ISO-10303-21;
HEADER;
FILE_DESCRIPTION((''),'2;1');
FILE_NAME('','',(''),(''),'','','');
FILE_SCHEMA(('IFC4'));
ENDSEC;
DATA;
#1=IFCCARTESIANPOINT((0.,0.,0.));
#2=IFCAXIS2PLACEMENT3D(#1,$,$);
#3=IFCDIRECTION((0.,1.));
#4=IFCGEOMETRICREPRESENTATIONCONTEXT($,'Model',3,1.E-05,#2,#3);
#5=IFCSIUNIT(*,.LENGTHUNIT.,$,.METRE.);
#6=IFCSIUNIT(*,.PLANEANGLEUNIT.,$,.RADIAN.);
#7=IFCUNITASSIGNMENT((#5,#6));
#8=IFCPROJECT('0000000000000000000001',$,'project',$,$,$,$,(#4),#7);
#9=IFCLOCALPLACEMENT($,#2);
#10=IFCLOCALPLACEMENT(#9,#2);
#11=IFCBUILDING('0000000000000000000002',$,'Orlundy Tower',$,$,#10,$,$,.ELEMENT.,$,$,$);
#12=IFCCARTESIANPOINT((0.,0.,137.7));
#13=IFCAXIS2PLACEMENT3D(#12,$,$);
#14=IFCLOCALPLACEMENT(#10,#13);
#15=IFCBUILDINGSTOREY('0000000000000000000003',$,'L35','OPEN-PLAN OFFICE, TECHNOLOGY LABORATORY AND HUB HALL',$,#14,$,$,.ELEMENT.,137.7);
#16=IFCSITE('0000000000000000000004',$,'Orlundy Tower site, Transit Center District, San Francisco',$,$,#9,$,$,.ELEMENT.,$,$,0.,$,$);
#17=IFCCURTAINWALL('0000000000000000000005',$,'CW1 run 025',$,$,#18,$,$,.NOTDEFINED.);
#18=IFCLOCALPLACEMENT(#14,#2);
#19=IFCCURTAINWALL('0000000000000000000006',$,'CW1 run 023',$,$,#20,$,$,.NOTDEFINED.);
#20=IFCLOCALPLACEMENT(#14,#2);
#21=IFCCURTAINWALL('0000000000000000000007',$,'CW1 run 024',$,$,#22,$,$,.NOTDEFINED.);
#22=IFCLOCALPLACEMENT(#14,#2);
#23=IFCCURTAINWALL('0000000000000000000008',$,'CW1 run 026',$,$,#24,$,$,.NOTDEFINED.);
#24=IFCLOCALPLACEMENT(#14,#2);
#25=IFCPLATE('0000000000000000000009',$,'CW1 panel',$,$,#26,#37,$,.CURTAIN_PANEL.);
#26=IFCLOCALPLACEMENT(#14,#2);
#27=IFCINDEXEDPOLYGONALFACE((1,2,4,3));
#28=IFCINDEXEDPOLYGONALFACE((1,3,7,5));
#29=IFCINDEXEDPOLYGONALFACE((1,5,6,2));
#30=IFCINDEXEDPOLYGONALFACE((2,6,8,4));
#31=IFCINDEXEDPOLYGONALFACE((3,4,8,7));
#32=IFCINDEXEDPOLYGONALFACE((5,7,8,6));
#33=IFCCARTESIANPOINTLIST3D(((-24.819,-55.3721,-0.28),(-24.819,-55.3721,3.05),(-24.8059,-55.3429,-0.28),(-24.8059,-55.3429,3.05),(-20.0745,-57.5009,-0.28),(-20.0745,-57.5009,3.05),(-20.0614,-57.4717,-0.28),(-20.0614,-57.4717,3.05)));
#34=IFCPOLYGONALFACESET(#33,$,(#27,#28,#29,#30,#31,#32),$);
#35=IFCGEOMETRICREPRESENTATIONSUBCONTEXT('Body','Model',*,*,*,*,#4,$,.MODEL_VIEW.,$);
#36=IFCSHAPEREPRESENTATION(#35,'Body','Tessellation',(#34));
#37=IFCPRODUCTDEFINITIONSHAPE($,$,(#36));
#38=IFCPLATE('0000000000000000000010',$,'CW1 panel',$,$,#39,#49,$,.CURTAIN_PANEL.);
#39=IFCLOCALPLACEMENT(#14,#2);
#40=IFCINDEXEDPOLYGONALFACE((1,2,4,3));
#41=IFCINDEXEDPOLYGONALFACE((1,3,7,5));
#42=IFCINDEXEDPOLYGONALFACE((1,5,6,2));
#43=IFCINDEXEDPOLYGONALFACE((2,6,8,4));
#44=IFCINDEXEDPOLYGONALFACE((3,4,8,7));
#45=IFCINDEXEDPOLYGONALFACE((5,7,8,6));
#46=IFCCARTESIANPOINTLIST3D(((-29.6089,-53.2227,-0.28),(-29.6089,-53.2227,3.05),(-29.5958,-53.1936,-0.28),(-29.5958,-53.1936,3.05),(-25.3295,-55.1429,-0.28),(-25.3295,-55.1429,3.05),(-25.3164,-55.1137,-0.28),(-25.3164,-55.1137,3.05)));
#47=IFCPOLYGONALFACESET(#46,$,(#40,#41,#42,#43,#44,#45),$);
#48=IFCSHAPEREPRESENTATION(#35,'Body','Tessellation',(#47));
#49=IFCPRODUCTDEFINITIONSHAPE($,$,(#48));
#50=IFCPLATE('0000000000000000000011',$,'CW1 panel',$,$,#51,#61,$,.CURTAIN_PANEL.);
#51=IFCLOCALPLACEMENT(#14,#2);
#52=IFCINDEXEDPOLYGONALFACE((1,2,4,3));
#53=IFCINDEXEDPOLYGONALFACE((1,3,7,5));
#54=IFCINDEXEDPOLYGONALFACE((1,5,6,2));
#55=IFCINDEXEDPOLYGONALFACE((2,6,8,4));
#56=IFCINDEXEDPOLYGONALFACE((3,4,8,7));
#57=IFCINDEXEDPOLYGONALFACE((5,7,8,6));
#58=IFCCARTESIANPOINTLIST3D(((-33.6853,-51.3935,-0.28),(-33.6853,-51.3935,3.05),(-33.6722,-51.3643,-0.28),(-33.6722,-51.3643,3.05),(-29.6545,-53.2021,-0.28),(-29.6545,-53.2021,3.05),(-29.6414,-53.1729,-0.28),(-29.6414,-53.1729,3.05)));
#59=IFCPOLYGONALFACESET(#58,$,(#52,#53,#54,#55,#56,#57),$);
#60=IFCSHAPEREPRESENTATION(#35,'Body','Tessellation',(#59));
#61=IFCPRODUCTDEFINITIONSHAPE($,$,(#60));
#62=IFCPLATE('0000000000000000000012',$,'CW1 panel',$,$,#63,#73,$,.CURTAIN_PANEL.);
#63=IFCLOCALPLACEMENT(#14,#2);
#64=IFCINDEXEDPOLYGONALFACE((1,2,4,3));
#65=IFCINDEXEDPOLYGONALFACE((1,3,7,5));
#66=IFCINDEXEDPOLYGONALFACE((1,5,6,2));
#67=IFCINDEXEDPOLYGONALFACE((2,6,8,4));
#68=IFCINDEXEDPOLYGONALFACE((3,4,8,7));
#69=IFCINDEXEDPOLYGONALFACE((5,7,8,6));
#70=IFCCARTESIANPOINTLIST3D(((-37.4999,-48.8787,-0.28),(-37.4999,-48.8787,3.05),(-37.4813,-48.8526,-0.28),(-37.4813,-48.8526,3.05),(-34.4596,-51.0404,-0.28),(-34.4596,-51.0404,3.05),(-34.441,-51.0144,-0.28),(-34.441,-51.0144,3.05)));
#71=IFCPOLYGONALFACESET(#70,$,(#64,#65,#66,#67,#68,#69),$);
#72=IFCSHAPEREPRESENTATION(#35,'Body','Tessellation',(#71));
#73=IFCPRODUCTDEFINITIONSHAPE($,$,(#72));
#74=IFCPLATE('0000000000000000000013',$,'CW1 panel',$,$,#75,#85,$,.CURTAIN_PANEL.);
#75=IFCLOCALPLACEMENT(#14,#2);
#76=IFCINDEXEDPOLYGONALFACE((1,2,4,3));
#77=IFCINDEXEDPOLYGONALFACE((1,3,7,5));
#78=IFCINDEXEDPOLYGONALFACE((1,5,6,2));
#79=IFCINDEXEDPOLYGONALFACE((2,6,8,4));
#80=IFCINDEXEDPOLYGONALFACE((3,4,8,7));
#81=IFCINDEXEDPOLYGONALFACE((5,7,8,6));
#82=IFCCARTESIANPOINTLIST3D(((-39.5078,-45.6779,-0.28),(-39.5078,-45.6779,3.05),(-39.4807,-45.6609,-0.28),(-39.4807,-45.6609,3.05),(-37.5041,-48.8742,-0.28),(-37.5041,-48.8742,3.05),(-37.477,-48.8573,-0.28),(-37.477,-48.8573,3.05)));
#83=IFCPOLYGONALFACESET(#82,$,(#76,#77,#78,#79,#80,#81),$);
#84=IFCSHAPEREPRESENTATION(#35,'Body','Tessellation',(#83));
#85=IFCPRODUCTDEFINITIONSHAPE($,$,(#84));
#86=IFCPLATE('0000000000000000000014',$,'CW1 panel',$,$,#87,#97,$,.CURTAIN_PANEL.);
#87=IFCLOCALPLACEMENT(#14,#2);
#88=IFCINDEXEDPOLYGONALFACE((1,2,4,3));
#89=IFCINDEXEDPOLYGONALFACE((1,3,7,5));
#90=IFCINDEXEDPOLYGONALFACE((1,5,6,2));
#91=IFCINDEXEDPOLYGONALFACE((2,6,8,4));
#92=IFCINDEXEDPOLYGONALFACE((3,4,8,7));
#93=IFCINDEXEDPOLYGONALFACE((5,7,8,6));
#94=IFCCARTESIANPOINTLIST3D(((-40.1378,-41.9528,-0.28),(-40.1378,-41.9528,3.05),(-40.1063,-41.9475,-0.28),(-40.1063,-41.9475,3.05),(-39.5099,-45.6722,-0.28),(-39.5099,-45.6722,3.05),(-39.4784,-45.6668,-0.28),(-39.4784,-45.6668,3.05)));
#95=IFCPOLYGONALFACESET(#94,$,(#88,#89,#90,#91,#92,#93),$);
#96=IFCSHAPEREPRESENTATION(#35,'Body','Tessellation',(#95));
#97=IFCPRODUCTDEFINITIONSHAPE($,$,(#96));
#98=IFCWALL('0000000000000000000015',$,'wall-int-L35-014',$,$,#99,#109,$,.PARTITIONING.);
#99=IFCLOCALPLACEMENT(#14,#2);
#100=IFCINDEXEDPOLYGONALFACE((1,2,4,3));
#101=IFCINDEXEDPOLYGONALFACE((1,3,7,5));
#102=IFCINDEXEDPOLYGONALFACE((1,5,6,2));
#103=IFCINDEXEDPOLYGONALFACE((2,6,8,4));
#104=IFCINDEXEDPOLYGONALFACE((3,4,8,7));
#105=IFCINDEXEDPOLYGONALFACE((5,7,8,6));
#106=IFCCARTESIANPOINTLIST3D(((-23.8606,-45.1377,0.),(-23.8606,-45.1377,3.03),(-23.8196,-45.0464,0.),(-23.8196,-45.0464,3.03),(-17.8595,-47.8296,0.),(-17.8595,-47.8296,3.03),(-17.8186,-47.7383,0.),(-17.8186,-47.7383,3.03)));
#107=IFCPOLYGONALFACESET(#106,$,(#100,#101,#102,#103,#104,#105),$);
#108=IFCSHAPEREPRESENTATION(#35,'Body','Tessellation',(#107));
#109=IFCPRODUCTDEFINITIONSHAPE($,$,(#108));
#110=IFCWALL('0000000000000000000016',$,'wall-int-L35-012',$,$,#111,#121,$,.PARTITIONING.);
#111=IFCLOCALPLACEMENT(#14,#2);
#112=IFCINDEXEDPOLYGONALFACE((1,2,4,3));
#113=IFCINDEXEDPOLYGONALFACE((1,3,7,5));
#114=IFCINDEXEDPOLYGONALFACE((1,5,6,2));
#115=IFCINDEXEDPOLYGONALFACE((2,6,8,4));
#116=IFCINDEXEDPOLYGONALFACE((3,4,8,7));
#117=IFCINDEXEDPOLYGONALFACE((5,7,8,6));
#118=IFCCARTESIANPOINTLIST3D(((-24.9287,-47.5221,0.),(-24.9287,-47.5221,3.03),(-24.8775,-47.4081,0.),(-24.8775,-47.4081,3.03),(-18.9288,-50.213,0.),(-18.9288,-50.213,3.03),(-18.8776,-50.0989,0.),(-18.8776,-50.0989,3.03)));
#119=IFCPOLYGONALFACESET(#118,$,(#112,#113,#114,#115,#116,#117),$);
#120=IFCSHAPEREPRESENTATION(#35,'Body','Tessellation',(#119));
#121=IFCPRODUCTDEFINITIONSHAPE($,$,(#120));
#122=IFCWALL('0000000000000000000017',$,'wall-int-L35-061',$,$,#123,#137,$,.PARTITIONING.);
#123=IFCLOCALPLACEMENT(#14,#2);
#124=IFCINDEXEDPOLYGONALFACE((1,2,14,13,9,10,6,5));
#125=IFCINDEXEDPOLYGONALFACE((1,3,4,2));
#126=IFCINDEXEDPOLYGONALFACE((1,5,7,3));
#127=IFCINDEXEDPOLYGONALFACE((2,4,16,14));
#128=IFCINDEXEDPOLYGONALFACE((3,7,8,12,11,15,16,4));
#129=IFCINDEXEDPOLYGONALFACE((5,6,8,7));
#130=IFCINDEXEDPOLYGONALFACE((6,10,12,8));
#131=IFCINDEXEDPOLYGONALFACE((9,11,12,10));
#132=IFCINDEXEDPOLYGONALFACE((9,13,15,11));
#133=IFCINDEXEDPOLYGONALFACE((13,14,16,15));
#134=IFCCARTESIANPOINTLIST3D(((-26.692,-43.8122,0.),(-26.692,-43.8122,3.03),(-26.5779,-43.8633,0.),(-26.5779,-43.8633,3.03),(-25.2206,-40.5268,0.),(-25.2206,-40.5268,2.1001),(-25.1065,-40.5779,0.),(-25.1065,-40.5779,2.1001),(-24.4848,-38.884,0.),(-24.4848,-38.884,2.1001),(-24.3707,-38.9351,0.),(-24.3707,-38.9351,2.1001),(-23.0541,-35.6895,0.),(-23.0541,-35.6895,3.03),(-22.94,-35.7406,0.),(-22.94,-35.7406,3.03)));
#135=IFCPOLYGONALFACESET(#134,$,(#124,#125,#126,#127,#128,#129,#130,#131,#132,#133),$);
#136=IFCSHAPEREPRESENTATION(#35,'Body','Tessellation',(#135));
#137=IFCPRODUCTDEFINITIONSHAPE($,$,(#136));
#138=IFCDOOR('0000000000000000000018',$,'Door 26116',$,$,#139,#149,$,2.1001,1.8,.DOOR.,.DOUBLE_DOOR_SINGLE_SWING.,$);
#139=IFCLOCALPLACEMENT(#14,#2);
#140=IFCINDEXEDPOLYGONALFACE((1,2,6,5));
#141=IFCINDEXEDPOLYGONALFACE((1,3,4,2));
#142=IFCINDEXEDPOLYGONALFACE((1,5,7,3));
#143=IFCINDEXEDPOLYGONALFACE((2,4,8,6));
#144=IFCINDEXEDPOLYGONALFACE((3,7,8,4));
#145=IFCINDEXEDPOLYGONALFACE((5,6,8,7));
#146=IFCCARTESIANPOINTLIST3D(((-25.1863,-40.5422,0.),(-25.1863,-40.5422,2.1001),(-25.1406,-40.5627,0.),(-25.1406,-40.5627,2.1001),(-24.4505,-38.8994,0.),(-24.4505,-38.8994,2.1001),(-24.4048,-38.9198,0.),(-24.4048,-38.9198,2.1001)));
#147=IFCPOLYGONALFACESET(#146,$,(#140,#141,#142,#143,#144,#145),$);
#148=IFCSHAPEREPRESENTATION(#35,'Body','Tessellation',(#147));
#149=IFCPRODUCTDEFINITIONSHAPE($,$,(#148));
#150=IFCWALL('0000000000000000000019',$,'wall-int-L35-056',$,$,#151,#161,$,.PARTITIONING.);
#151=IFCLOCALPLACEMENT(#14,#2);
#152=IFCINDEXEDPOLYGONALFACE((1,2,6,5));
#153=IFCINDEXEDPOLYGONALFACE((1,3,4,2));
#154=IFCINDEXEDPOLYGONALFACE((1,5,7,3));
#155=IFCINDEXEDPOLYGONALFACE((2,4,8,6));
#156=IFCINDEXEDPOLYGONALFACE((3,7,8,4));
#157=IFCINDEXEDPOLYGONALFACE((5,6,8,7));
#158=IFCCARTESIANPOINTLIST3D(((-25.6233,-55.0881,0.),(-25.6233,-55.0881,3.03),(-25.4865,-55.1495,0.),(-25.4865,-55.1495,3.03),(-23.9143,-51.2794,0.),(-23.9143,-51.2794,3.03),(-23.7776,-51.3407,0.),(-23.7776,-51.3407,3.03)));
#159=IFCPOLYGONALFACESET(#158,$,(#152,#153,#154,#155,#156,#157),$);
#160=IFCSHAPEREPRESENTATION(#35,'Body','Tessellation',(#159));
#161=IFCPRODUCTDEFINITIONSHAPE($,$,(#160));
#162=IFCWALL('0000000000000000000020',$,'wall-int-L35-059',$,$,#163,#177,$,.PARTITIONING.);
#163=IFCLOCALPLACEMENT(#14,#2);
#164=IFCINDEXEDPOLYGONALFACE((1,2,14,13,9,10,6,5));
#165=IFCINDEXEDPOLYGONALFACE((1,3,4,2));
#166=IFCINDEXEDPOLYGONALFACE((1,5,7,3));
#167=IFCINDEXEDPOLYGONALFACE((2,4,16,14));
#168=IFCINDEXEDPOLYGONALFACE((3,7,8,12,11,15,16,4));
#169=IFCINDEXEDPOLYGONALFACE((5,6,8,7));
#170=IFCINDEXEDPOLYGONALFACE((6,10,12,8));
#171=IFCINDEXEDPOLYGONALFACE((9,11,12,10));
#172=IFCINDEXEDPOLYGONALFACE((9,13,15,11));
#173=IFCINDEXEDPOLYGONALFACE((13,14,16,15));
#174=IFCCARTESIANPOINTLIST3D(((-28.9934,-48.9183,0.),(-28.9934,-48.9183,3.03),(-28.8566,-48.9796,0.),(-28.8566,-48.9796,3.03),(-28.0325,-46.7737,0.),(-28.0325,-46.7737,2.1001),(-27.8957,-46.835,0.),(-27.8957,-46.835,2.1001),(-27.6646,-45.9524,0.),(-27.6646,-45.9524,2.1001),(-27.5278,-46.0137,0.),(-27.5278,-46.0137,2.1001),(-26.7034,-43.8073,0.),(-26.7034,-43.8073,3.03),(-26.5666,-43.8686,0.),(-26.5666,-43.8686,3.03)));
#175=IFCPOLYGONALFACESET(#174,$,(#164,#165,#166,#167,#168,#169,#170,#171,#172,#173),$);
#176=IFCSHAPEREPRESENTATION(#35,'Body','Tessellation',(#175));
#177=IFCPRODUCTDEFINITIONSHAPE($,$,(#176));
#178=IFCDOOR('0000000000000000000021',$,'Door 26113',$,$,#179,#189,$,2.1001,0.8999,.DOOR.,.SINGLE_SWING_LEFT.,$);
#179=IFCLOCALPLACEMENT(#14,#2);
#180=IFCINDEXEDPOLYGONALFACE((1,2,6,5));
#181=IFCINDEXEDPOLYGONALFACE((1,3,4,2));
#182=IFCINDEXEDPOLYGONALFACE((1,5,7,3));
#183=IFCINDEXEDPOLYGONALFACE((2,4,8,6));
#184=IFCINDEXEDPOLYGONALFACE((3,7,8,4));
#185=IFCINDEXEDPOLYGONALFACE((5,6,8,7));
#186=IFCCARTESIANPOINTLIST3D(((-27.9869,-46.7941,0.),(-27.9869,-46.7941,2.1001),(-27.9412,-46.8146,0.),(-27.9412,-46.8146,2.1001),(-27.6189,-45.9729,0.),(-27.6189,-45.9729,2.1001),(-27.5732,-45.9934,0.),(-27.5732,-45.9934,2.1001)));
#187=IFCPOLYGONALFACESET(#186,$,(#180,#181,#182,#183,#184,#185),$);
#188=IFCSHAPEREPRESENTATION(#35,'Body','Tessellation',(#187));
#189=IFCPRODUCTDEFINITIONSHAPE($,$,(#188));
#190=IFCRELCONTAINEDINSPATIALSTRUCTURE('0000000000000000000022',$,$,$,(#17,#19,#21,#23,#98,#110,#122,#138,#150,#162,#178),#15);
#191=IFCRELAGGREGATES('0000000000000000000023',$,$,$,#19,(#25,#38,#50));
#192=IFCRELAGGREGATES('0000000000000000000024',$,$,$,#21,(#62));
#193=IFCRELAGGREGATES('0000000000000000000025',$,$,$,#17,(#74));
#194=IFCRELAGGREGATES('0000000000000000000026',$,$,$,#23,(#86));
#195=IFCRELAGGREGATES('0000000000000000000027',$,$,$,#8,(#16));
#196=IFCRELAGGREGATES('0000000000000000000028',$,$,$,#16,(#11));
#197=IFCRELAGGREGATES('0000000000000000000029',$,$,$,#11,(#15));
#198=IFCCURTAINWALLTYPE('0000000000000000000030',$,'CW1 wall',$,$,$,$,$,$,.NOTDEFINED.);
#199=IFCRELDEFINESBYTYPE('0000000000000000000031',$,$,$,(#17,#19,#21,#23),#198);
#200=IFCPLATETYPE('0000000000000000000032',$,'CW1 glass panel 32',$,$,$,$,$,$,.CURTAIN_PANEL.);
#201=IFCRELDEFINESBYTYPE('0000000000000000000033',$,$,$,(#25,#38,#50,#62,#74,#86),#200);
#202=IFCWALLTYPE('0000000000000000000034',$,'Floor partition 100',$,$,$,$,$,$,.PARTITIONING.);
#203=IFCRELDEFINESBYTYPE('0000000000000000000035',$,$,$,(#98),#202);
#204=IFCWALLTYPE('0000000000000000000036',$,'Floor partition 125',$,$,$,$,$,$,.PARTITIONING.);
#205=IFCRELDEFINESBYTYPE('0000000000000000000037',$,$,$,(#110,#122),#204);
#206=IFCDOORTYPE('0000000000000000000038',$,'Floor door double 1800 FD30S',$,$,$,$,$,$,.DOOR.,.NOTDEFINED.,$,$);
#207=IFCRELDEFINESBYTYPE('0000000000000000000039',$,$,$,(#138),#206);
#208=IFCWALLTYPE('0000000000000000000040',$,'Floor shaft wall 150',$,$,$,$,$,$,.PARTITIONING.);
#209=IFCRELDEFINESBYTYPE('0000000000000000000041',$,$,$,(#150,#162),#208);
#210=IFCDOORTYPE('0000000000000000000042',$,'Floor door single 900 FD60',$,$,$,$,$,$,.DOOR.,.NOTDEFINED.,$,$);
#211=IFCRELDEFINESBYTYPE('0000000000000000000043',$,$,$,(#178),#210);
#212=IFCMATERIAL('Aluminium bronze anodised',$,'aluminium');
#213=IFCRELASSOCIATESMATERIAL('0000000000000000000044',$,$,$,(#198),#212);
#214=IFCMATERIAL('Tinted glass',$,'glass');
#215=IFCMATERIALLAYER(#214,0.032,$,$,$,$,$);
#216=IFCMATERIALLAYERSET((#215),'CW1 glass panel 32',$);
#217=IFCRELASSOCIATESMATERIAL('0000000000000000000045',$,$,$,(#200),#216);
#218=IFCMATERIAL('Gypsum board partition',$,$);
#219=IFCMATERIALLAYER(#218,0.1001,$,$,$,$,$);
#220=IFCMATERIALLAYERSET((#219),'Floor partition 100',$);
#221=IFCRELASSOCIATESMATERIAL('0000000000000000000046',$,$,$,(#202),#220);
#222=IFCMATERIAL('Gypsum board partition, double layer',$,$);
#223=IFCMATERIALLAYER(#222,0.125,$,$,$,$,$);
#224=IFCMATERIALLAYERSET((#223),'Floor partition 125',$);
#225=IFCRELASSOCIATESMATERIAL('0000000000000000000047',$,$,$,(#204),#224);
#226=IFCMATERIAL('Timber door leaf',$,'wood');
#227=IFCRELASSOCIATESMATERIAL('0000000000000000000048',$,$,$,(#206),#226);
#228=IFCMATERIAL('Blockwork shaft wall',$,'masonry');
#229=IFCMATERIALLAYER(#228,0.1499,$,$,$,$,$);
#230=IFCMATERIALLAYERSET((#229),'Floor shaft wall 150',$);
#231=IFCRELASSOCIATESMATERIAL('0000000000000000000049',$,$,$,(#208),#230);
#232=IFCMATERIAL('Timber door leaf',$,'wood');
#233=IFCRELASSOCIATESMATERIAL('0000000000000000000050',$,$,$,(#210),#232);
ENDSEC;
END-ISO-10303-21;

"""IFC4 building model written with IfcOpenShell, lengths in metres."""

from ifc_helpers import new_model, si_unit, direction, frame, frame_2d, origin, origin_2d, place, context, subcontext, project, spatial, rectangle, extrude, material, layer, layer_set, type_object, element, fill, aggregate, save


model = new_model("IFC4")

# Units and contexts
model_context = context("Model", 3, precision=1e-05, world=origin(), true_north=direction((0.0, 1.0)))
body_context = subcontext(model_context, "Body", "Model", "MODEL_VIEW")
ifc_project = project(units=[si_unit("LENGTHUNIT", "METRE"), si_unit("PLANEANGLEUNIT", "RADIAN")], contexts=[model_context])

# Site, building, storey
site_placement = place(None, origin())
site = spatial("IfcSite", under=ifc_project, at=site_placement, Name="Orlundy Tower site, Transit Center District, San Francisco", CompositionType="ELEMENT", RefElevation=0.0)
building_placement = place(site_placement, origin())
building = spatial("IfcBuilding", under=site, at=building_placement, Name="Orlundy Tower", CompositionType="ELEMENT")
storey_placement = place(building_placement, frame((0.0, 0.0, 137.7)))
storey = spatial("IfcBuildingStorey", under=building, at=storey_placement, Name="L35", Description="OPEN-PLAN OFFICE, TECHNOLOGY LABORATORY AND HUB HALL", CompositionType="ELEMENT", Elevation=137.7)

# Curtain wall
ifc_material_1 = material(Name="Aluminium bronze anodised", Category="aluminium")
curtain_wall_type = type_object("IfcCurtainWallType", Name="CW1 wall", PredefinedType="NOTDEFINED", material=ifc_material_1)
curtain_wall_1_placement = place(storey_placement, origin())
curtain_wall_1 = element("IfcCurtainWall", 1, at=curtain_wall_1_placement, inside=storey, type_object=curtain_wall_type, Name="CW1 run 025", PredefinedType="NOTDEFINED")

# Curtain wall
curtain_wall_2_placement = place(storey_placement, origin())
curtain_wall_2 = element("IfcCurtainWall", 2, at=curtain_wall_2_placement, inside=storey, type_object=curtain_wall_type, Name="CW1 run 023", PredefinedType="NOTDEFINED")

# Curtain wall
curtain_wall_3_placement = place(storey_placement, origin())
curtain_wall_3 = element("IfcCurtainWall", 3, at=curtain_wall_3_placement, inside=storey, type_object=curtain_wall_type, Name="CW1 run 024", PredefinedType="NOTDEFINED")

# Curtain wall
curtain_wall_4_placement = place(storey_placement, origin())
curtain_wall_4 = element("IfcCurtainWall", 4, at=curtain_wall_4_placement, inside=storey, type_object=curtain_wall_type, Name="CW1 run 026", PredefinedType="NOTDEFINED")

# Plates
ifc_material_2 = material(Name="Tinted glass", Category="glass")
ifc_layer_1 = layer(ifc_material_2, 0.032)
ifc_layer_set_1 = layer_set([ifc_layer_1], Name="CW1 glass panel 32")
plate_type = type_object("IfcPlateType", Name="CW1 glass panel 32", PredefinedType="CURTAIN_PANEL", material=ifc_layer_set_1)
plate_1_placement = place(storey_placement, frame((-22.4402, -56.4219, -0.28), z_axis=(0.0, 0.0, 1.0), x_axis=(-0.912366, 0.409374, 0.0)))
plate_1 = element("IfcPlate", 5, at=plate_1_placement, type_object=plate_type, Name="CW1 panel", PredefinedType="CURTAIN_PANEL", context=body_context, shape_type="SweptSolid", body=[
    extrude(rectangle(XDim=5.2002, YDim=0.032, at=origin_2d()), origin(), (0.0, 0.0, 1.0), 3.3301),
])
plate_2_placement = place(storey_placement, frame((-27.4626, -54.1682, -0.28), z_axis=(0.0, 0.0, 1.0), x_axis=(-0.912366, 0.409374, 0.0)))
plate_2 = element("IfcPlate", 6, at=plate_2_placement, type_object=plate_type, Name="CW1 panel", PredefinedType="CURTAIN_PANEL", context=body_context, shape_type="SweptSolid", body=[
    extrude(rectangle(XDim=4.6904, YDim=0.032, at=origin_2d()), origin(), (0.0, 0.0, 1.0), 3.3301),
])
plate_3_placement = place(storey_placement, frame((-31.6633, -52.2832, -0.28), z_axis=(0.0, 0.0, 1.0), x_axis=(-0.912366, 0.409374, 0.0)))
plate_3 = element("IfcPlate", 7, at=plate_3_placement, type_object=plate_type, Name="CW1 panel", PredefinedType="CURTAIN_PANEL", context=body_context, shape_type="SweptSolid", body=[
    extrude(rectangle(XDim=4.418, YDim=0.032, at=origin_2d()), origin(), (0.0, 0.0, 1.0), 3.3301),
])
aggregate(curtain_wall_2, [plate_1, plate_2, plate_3])
plate_4_placement = place(storey_placement, frame((-35.9705, -49.9465, -0.28), z_axis=(0.0, 0.0, 1.0), x_axis=(-0.814989, 0.579476, 0.0)))
plate_4 = element("IfcPlate", 8, at=plate_4_placement, type_object=plate_type, Name="CW1 panel", PredefinedType="CURTAIN_PANEL", context=body_context, shape_type="SweptSolid", body=[
    extrude(rectangle(XDim=3.7305, YDim=0.032, at=origin_2d()), origin(), (0.0, 0.0, 1.0), 3.3301),
])
aggregate(curtain_wall_3, [plate_4])
plate_5_placement = place(storey_placement, frame((-38.4924, -47.2676, -0.28), z_axis=(0.0, 0.0, 1.0), x_axis=(-0.531138, 0.847285, 0.0)))
plate_5 = element("IfcPlate", 9, at=plate_5_placement, type_object=plate_type, Name="CW1 panel", PredefinedType="CURTAIN_PANEL", context=body_context, shape_type="SweptSolid", body=[
    extrude(rectangle(XDim=3.7725, YDim=0.032, at=origin_2d()), origin(), (0.0, 0.0, 1.0), 3.3301),
])
aggregate(curtain_wall_1, [plate_5])
plate_6_placement = place(storey_placement, frame((-39.8081, -43.8098, -0.28), z_axis=(0.0, 0.0, 1.0), x_axis=(-0.166455, 0.986049, 0.0)))
plate_6 = element("IfcPlate", 10, at=plate_6_placement, type_object=plate_type, Name="CW1 panel", PredefinedType="CURTAIN_PANEL", context=body_context, shape_type="SweptSolid", body=[
    extrude(rectangle(XDim=3.772, YDim=0.032, at=origin_2d()), origin(), (0.0, 0.0, 1.0), 3.3301),
])
aggregate(curtain_wall_4, [plate_6])

# Walls
ifc_material_3 = material(Name="Gypsum board partition")
ifc_layer_2 = layer(ifc_material_3, 0.1001)
ifc_layer_set_2 = layer_set([ifc_layer_2], Name="Floor partition 100")
wall_type_1 = type_object("IfcWallType", Name="Floor partition 100", PredefinedType="PARTITIONING", material=ifc_layer_set_2)
wall_1_placement = place(storey_placement, frame((-23.8401, -45.092, 0.0), z_axis=(0.0, 0.0, 1.0), x_axis=(0.912407, -0.409284, 0.0)))
element("IfcWall", 11, at=wall_1_placement, inside=storey, type_object=wall_type_1, Name="wall-int-L35-014", PredefinedType="PARTITIONING", context=body_context, shape_type="SweptSolid", body=[
    extrude(rectangle(XDim=6.5771, YDim=0.1001, at=frame_2d((3.2886, 0.0))), origin(), (0.0, 0.0, 1.0), 3.03),
])
ifc_material_4 = material(Name="Gypsum board partition, double layer")
ifc_layer_3 = layer(ifc_material_4, 0.125)
ifc_layer_set_3 = layer_set([ifc_layer_3], Name="Floor partition 125")
wall_type_2 = type_object("IfcWallType", Name="Floor partition 125", PredefinedType="PARTITIONING", material=ifc_layer_set_3)
wall_2_placement = place(storey_placement, frame((-24.9031, -47.4651, 0.0), z_axis=(0.0, 0.0, 1.0), x_axis=(0.912438, -0.409216, 0.0)))
element("IfcWall", 12, at=wall_2_placement, inside=storey, type_object=wall_type_2, Name="wall-int-L35-012", PredefinedType="PARTITIONING", context=body_context, shape_type="SweptSolid", body=[
    extrude(rectangle(XDim=6.5757, YDim=0.125, at=frame_2d((3.2878, 0.0))), origin(), (0.0, 0.0, 1.0), 3.03),
])

# Wall, opening, door
wall_3_placement = place(storey_placement, frame((-26.635, -43.8379, 0.0), z_axis=(0.0, 0.0, 1.0), x_axis=(0.408746, 0.912648, 0.0)))
wall_3 = element("IfcWall", 13, at=wall_3_placement, inside=storey, type_object=wall_type_2, Name="wall-int-L35-061", PredefinedType="PARTITIONING", context=body_context, shape_type="SweptSolid", body=[
    extrude(rectangle(XDim=8.9001, YDim=0.125, at=frame_2d((4.4502, 0.0))), origin(), (0.0, 0.0, 1.0), 3.03),
])
opening_1_placement = place(wall_3_placement, frame((3.6001, 0.0, 0.0)))
opening_1 = element("IfcOpeningElement", 14, at=opening_1_placement, cuts=wall_3, PredefinedType="OPENING", context=body_context, shape_type="SweptSolid", body=[
    extrude(rectangle(XDim=1.8, YDim=2.1001, at=frame_2d((0.8999, 1.05))), frame((0.0, 0.0725, 0.0), z_axis=(0.0, -1.0, 0.0), x_axis=(1.0, 0.0, 0.0)), (0.0, 0.0, 1.0), 0.145),
])
ifc_material_5 = material(Name="Timber door leaf", Category="wood")
door_type_1 = type_object("IfcDoorType", Name="Floor door double 1800 FD30S", OperationType="NOTDEFINED", PredefinedType="DOOR", material=ifc_material_5)
door_1_placement = place(opening_1_placement, origin())
door_1 = element("IfcDoor", 15, at=door_1_placement, inside=storey, type_object=door_type_1, Name="Door 26116", OperationType="DOUBLE_DOOR_SINGLE_SWING", OverallHeight=2.1001, OverallWidth=1.8, PredefinedType="DOOR", context=body_context, shape_type="SweptSolid", body=[
    extrude(rectangle(XDim=1.8, YDim=2.1001, at=frame_2d((0.8999, 1.05))), frame((0.0, 0.0249, 0.0), z_axis=(0.0, -1.0, 0.0), x_axis=(1.0, 0.0, 0.0)), (0.0, 0.0, 1.0), 0.05),
])
fill(opening_1, door_1)

# Wall
ifc_material_6 = material(Name="Blockwork shaft wall", Category="masonry")
ifc_layer_4 = layer(ifc_material_6, 0.1499)
ifc_layer_set_4 = layer_set([ifc_layer_4], Name="Floor shaft wall 150")
wall_type_3 = type_object("IfcWallType", Name="Floor shaft wall 150", PredefinedType="PARTITIONING", material=ifc_layer_set_4)
wall_4_placement = place(storey_placement, frame((-25.5549, -55.1189, 0.0), z_axis=(0.0, 0.0, 1.0), x_axis=(0.40937, 0.912369, 0.0)))
element("IfcWall", 16, at=wall_4_placement, inside=storey, type_object=wall_type_3, Name="wall-int-L35-056", PredefinedType="PARTITIONING", context=body_context, shape_type="SweptSolid", body=[
    extrude(rectangle(XDim=4.1746, YDim=0.1499, at=frame_2d((2.0874, 0.0))), origin(), (0.0, 0.0, 1.0), 3.03),
])

# Wall, opening, door
wall_5_placement = place(storey_placement, frame((-28.925, -48.949, 0.0), z_axis=(0.0, 0.0, 1.0), x_axis=(0.408887, 0.912585, 0.0)))
wall_5 = element("IfcWall", 17, at=wall_5_placement, inside=storey, type_object=wall_type_3, Name="wall-int-L35-059", PredefinedType="PARTITIONING", context=body_context, shape_type="SweptSolid", body=[
    extrude(rectangle(XDim=5.6006, YDim=0.1499, at=frame_2d((2.8003, 0.0))), origin(), (0.0, 0.0, 1.0), 3.03),
])
opening_2_placement = place(wall_5_placement, frame((2.3501, 0.0, 0.0)))
opening_2 = element("IfcOpeningElement", 18, at=opening_2_placement, cuts=wall_5, PredefinedType="OPENING", context=body_context, shape_type="SweptSolid", body=[
    extrude(rectangle(XDim=0.8999, YDim=2.1001, at=frame_2d((0.45, 1.05))), frame((0.0, 0.085, 0.0), z_axis=(0.0, -1.0, 0.0), x_axis=(1.0, 0.0, 0.0)), (0.0, 0.0, 1.0), 0.1699),
])
ifc_material_7 = material(Name="Timber door leaf", Category="wood")
door_type_2 = type_object("IfcDoorType", Name="Floor door single 900 FD60", OperationType="NOTDEFINED", PredefinedType="DOOR", material=ifc_material_7)
door_2_placement = place(opening_2_placement, origin())
door_2 = element("IfcDoor", 19, at=door_2_placement, inside=storey, type_object=door_type_2, Name="Door 26113", OperationType="SINGLE_SWING_LEFT", OverallHeight=2.1001, OverallWidth=0.8999, PredefinedType="DOOR", context=body_context, shape_type="SweptSolid", body=[
    extrude(rectangle(XDim=0.8999, YDim=2.1001, at=frame_2d((0.45, 1.05))), frame((0.0, 0.0249, 0.0), z_axis=(0.0, -1.0, 0.0), x_axis=(1.0, 0.0, 0.0)), (0.0, 0.0, 1.0), 0.05),
])
fill(opening_2, door_2)

save(model, "model.ifc")
